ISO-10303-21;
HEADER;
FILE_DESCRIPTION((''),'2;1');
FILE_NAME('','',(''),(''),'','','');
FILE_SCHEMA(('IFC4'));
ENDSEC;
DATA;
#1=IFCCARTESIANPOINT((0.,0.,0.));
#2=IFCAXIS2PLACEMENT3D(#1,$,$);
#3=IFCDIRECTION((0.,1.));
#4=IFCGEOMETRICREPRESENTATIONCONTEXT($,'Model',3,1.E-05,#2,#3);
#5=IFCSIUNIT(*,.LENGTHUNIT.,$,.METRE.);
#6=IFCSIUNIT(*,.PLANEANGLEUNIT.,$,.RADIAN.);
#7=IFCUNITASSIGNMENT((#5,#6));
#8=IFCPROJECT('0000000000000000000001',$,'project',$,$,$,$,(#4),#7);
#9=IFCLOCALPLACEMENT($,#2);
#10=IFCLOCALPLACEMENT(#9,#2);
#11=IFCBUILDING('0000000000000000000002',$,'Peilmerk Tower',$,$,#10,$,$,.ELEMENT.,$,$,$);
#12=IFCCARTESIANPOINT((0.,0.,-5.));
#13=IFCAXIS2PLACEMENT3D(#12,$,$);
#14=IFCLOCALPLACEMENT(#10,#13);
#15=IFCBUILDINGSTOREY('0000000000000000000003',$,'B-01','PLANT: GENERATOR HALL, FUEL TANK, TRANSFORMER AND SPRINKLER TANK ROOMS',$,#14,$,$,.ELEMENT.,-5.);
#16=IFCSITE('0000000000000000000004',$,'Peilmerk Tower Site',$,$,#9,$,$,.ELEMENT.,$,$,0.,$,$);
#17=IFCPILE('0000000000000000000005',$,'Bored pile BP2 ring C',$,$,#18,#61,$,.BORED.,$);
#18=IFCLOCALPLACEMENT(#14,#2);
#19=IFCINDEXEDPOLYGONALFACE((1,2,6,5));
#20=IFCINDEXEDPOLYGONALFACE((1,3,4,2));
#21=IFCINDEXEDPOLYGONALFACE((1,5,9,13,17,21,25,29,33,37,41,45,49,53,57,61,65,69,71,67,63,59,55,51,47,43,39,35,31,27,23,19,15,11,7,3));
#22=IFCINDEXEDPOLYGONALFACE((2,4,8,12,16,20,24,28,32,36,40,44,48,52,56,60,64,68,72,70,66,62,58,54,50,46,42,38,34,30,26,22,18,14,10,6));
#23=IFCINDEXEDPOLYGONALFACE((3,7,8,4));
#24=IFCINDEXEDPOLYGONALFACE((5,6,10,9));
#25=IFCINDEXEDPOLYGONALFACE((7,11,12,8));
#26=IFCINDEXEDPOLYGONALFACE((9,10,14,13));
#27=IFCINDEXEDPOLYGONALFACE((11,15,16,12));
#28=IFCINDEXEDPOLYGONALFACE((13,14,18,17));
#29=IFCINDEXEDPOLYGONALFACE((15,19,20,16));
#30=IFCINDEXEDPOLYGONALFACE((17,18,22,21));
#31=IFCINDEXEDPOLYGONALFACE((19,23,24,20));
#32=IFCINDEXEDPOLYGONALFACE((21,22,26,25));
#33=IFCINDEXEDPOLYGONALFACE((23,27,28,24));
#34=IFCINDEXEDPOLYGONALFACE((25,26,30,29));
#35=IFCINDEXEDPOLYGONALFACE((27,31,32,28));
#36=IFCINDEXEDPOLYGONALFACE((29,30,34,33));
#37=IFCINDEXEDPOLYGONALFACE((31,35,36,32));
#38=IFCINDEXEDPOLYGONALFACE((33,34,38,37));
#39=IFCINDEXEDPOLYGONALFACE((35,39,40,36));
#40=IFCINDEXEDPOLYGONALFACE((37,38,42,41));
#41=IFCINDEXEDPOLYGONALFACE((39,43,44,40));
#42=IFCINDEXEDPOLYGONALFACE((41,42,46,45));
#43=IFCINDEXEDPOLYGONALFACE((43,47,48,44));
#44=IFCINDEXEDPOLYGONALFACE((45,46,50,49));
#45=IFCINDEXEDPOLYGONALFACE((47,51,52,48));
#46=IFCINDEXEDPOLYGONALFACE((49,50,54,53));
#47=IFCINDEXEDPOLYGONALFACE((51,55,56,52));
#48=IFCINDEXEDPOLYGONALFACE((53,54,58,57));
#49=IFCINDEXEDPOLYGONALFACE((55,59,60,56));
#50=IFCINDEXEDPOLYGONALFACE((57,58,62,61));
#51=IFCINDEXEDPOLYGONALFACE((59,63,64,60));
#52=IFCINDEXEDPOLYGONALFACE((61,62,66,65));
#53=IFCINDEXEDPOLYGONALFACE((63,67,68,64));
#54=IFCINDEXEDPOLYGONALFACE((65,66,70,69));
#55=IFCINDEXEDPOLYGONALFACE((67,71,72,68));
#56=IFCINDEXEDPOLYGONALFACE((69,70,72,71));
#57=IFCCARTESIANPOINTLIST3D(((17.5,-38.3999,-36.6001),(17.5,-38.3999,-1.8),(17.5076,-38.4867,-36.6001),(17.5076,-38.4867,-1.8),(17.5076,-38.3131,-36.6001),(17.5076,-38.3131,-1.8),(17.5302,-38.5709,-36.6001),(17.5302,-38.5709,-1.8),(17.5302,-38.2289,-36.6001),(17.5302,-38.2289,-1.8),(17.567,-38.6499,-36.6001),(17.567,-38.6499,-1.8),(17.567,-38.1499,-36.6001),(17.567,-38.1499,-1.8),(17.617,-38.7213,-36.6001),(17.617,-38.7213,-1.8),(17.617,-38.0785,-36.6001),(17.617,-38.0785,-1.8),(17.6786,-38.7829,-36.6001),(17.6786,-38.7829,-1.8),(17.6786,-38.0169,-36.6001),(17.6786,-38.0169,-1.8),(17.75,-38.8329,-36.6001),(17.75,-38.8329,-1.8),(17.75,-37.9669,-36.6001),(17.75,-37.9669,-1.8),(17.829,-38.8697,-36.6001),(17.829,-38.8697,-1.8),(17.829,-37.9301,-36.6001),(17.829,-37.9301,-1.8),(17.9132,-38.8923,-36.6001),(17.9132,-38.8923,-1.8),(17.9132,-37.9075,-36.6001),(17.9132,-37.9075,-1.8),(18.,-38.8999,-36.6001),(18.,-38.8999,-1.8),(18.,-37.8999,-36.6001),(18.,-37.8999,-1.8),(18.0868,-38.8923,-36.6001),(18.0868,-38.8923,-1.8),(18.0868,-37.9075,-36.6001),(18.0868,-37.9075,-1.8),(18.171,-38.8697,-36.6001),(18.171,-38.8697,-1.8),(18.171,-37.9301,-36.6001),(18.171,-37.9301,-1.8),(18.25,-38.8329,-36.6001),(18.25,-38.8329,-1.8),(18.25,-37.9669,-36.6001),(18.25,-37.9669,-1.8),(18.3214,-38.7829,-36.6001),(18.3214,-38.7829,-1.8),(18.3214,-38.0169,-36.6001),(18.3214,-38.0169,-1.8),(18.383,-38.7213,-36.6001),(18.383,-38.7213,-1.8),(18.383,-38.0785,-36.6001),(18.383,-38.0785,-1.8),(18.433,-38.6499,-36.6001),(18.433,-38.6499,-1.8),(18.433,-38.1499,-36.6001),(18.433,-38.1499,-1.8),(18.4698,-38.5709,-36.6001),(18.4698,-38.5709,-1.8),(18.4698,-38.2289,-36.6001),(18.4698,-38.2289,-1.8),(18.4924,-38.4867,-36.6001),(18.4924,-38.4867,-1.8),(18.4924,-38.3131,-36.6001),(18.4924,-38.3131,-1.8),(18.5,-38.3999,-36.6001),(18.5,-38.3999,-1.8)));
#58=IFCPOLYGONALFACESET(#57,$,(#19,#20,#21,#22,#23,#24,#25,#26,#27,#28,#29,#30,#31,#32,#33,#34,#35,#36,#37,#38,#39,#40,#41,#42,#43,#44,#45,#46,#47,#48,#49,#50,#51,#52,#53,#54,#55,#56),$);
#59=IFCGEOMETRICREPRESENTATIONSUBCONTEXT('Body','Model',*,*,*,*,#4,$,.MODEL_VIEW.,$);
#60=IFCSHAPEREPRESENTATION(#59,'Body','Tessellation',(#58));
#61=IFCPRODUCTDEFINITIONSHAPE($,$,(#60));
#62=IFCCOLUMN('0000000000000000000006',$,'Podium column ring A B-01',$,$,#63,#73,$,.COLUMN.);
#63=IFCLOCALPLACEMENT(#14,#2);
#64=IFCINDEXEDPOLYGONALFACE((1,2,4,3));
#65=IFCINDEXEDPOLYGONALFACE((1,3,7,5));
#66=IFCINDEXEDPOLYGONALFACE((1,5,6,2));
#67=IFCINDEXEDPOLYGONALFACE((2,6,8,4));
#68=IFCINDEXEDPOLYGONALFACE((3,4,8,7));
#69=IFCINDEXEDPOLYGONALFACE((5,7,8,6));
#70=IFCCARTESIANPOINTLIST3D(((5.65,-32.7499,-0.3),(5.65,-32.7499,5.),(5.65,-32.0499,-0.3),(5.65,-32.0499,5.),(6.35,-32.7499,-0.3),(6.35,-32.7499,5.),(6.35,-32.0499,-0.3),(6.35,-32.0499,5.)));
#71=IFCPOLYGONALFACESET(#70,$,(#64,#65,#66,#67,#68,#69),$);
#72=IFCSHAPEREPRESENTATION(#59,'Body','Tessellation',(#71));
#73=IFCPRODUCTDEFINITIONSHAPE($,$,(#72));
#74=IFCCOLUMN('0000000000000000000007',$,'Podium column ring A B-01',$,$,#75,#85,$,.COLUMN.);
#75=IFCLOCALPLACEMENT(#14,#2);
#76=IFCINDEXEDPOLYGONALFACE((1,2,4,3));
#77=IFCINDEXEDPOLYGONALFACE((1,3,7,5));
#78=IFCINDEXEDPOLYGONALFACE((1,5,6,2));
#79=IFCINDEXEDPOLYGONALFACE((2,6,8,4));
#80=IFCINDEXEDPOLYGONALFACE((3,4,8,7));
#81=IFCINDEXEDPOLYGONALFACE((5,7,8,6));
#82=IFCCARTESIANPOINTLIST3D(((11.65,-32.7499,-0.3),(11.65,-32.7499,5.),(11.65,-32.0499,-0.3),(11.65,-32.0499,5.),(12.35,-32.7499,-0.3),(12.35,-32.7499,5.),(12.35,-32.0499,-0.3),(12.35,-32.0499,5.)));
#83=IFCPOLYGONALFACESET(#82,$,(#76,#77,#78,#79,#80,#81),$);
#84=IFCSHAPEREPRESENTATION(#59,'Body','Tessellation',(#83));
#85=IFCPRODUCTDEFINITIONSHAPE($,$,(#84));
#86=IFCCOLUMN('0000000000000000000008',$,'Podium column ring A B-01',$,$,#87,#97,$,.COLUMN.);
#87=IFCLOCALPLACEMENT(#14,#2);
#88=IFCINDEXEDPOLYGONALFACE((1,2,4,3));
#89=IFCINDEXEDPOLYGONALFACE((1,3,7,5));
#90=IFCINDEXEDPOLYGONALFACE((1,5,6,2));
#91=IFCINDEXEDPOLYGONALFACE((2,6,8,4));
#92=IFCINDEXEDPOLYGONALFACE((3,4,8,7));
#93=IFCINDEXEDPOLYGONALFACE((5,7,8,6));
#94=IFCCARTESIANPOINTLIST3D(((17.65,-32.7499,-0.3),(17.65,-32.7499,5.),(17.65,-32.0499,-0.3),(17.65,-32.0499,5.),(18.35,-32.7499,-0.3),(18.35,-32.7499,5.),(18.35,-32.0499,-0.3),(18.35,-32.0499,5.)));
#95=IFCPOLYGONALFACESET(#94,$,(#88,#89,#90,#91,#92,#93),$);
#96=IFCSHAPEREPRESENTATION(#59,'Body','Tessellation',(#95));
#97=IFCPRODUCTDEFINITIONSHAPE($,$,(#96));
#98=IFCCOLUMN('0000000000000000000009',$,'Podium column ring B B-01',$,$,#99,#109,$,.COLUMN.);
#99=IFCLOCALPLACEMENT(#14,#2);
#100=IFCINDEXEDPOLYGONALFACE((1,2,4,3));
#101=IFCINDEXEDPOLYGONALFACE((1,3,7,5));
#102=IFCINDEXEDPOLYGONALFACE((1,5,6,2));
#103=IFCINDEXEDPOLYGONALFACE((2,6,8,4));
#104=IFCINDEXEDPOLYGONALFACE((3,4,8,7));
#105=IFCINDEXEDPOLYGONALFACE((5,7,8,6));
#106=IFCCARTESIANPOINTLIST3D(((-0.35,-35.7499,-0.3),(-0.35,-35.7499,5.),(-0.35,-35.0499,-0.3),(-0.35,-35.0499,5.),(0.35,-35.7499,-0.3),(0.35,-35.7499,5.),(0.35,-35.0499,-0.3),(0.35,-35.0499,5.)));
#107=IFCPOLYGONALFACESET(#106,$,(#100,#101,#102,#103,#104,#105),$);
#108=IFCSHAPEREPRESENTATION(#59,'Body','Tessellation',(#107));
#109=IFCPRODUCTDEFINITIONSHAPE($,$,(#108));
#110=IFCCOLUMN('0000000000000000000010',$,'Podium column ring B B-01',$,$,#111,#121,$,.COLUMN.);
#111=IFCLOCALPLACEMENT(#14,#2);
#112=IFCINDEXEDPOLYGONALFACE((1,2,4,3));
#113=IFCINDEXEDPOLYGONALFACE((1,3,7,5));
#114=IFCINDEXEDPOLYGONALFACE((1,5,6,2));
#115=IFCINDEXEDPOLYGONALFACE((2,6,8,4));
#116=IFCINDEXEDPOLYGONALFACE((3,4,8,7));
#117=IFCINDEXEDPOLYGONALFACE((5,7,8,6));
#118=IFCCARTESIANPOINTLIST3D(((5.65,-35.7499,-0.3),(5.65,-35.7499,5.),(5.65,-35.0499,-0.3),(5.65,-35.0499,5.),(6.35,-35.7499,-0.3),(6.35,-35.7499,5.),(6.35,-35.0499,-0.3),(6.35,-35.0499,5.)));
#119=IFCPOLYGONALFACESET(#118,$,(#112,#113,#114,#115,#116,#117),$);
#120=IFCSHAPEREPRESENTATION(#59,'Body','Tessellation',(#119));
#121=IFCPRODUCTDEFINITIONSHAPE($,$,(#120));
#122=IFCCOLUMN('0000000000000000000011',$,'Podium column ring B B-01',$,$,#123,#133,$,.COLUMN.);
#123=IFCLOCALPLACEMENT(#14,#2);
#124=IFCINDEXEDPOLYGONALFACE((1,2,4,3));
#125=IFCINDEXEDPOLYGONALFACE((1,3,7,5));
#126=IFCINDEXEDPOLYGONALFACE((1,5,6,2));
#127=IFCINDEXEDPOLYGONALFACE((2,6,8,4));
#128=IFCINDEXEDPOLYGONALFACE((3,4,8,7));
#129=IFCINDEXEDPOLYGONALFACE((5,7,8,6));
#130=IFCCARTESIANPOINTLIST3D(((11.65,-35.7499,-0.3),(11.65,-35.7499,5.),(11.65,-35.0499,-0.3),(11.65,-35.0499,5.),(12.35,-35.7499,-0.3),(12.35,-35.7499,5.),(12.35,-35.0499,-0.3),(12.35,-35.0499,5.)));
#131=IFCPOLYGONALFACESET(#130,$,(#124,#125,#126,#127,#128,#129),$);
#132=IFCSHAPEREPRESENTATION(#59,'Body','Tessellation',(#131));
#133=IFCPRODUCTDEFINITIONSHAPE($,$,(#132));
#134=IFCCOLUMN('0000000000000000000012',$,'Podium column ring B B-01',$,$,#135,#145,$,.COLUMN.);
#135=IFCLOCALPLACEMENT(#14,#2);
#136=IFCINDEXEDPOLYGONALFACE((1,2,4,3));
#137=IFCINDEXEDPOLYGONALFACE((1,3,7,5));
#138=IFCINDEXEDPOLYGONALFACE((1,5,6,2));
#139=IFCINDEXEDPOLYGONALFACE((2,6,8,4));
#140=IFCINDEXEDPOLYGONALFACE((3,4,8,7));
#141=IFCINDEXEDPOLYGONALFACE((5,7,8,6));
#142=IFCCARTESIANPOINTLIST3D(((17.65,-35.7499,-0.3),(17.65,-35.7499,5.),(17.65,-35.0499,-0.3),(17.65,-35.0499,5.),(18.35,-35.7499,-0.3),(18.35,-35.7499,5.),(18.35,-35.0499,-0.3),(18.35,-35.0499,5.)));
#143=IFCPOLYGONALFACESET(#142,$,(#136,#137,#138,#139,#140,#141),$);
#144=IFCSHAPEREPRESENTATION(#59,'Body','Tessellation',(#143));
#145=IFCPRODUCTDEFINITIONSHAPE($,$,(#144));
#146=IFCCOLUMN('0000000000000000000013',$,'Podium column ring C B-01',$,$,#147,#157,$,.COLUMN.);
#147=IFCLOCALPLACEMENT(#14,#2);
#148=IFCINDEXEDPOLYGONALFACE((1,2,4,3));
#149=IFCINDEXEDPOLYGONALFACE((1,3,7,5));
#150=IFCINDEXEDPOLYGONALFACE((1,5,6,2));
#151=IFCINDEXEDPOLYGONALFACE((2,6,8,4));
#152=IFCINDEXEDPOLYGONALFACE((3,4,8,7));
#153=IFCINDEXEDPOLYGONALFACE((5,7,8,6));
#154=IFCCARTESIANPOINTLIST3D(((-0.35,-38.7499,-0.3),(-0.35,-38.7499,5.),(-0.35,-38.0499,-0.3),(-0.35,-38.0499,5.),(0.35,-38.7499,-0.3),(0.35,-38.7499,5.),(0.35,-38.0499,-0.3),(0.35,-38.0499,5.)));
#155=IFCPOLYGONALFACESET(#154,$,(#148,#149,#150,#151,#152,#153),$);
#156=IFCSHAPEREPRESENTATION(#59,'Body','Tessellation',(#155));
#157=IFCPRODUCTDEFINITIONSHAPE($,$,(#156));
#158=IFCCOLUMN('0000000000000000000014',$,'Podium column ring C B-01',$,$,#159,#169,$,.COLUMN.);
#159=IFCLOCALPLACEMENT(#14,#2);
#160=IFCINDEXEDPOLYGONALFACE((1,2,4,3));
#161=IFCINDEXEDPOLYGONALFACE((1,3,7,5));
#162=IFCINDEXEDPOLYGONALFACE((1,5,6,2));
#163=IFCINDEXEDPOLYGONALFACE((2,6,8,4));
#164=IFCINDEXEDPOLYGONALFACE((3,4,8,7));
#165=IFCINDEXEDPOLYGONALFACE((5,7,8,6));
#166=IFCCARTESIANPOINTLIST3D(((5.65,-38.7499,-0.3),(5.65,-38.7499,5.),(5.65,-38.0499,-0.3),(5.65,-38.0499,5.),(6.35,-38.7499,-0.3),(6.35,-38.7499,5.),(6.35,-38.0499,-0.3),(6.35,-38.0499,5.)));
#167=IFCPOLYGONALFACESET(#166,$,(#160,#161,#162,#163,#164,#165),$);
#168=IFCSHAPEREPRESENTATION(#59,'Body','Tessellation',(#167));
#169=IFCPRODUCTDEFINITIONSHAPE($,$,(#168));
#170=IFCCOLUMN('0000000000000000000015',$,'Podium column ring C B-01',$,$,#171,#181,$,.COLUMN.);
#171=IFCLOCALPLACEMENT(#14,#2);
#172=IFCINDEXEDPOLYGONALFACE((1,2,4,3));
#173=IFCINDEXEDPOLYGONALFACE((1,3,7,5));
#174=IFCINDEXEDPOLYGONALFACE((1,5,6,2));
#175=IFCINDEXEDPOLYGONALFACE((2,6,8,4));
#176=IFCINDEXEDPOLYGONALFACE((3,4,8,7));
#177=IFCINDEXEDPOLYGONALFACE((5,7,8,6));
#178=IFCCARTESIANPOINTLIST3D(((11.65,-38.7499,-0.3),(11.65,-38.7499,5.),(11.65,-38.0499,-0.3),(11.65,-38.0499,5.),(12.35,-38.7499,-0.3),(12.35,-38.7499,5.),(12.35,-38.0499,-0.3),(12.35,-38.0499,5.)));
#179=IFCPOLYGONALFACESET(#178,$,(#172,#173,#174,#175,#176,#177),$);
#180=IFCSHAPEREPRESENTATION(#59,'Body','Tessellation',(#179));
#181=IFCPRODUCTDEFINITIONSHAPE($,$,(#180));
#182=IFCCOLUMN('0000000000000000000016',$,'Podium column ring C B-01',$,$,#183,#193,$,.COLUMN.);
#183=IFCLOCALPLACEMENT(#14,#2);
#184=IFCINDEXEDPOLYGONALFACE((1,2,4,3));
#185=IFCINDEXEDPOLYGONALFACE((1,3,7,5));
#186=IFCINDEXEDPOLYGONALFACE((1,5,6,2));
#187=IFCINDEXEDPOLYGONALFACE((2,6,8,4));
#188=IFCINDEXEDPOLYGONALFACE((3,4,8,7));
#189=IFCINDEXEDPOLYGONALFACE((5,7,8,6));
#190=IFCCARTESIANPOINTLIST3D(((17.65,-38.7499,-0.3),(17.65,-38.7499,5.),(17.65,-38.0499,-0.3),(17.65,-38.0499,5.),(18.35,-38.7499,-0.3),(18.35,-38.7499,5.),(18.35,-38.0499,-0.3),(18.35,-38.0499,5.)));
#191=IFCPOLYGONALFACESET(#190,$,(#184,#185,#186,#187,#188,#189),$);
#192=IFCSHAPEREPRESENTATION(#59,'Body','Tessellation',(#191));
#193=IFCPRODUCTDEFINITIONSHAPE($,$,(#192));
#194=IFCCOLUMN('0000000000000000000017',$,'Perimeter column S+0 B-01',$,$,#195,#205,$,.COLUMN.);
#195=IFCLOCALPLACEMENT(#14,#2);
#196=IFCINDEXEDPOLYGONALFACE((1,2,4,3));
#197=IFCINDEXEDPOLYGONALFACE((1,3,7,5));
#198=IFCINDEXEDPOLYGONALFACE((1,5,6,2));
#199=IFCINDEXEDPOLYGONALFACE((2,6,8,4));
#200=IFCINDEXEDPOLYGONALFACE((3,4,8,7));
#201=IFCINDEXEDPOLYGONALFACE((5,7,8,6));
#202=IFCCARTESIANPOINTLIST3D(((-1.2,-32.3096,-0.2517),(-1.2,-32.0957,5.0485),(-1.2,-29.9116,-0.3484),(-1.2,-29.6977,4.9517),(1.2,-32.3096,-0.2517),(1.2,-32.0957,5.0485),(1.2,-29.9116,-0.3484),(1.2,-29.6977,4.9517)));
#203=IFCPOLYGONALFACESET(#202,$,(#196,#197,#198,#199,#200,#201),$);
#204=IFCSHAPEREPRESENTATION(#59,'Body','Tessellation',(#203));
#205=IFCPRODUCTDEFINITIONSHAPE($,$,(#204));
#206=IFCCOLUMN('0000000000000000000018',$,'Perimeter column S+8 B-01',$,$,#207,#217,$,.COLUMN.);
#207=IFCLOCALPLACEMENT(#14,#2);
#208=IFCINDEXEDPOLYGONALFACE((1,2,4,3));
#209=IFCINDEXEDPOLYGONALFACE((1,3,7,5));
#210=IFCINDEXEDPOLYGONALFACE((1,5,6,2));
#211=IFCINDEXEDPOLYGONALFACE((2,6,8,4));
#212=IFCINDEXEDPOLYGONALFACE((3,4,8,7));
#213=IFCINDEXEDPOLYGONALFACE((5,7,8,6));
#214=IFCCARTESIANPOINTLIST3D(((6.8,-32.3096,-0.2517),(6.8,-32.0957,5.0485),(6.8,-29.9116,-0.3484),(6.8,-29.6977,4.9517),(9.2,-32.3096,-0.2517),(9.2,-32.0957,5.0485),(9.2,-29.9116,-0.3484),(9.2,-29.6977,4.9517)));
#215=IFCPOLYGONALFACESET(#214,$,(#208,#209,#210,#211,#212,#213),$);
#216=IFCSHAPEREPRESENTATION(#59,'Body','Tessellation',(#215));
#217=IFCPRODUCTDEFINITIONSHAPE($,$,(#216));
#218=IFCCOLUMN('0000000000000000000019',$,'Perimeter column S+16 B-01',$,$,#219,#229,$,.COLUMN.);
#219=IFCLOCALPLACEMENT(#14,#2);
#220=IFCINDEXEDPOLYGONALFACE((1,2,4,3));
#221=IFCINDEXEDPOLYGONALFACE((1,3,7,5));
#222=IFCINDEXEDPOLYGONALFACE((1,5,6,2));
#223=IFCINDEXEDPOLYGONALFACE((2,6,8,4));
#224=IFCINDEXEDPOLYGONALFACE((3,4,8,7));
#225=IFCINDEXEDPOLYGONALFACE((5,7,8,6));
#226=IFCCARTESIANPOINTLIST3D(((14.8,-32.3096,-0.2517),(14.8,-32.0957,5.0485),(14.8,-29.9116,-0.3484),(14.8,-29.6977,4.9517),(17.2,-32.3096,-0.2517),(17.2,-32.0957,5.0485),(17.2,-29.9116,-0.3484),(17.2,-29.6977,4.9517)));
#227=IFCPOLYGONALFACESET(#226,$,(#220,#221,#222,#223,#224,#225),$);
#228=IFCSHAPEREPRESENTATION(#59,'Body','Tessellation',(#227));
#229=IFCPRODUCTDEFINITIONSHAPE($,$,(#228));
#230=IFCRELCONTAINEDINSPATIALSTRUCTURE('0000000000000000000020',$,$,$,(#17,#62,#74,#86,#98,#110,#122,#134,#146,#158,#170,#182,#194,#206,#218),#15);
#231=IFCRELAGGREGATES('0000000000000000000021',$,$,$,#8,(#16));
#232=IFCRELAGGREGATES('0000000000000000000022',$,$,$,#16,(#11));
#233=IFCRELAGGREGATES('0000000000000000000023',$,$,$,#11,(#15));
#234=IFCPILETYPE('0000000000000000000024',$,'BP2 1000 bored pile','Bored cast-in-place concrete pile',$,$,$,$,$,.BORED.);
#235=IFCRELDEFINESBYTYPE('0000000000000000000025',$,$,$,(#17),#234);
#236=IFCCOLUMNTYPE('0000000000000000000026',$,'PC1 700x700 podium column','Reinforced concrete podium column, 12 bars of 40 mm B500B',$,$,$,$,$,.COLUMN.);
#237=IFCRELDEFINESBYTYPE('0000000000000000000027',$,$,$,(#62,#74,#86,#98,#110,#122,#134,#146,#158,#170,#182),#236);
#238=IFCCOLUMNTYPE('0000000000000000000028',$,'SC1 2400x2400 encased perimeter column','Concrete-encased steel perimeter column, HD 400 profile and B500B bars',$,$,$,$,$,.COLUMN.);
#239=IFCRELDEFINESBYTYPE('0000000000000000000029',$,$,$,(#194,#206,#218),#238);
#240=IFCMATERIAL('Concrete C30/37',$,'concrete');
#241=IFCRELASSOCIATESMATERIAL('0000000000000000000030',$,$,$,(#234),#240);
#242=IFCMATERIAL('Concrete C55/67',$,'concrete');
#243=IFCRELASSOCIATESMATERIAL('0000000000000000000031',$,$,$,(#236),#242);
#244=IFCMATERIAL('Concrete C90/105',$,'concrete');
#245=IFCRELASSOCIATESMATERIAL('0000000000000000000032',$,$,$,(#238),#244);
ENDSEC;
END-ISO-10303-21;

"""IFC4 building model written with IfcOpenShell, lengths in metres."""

from ifc_helpers import new_model, si_unit, direction, frame, origin, origin_2d, place, context, subcontext, project, spatial, rectangle, circle, extrude, material, material_profile, profile_set, type_object, element, save


model = new_model("IFC4")

# Units and contexts
model_context = context("Model", 3, precision=1e-05, world=origin(), true_north=direction((0.0, 1.0)))
body_context = subcontext(model_context, "Body", "Model", "MODEL_VIEW")
ifc_project = project(units=[si_unit("LENGTHUNIT", "METRE"), si_unit("PLANEANGLEUNIT", "RADIAN")], contexts=[model_context])

# Site, building, storey
site_placement = place(None, origin())
site = spatial("IfcSite", under=ifc_project, at=site_placement, Name="Peilmerk Tower Site", CompositionType="ELEMENT", RefElevation=0.0)
building_placement = place(site_placement, origin())
building = spatial("IfcBuilding", under=site, at=building_placement, Name="Peilmerk Tower", CompositionType="ELEMENT")
storey_placement = place(building_placement, frame((0.0, 0.0, -5.0)))
storey = spatial("IfcBuildingStorey", under=building, at=storey_placement, Name="B-01", Description="PLANT: GENERATOR HALL, FUEL TANK, TRANSFORMER AND SPRINKLER TANK ROOMS", CompositionType="ELEMENT", Elevation=-5.0)

# Pile
ifc_material_1 = material(Name="Concrete C30/37", Category="concrete")
ifc_material_profile_1 = material_profile(ifc_material_1, circle(Radius=0.5, at=origin_2d()), Name="BP 1000")
ifc_profile_set_1 = profile_set([ifc_material_profile_1], Name="Concrete C30/37")
pile_type = type_object("IfcPileType", Name="BP2 1000 bored pile", Description="Bored cast-in-place concrete pile", PredefinedType="BORED", material=ifc_profile_set_1)
for number, where, z_axis, x_axis, name in (
    (1, (18.0, -38.3999, -1.8), (0.0, 0.0, -1.0), (1.0, 0.0, 0.0), "Bored pile BP2 ring C"),
):
    element("IfcPile", number, at=place(storey_placement, frame(where, z_axis=z_axis, x_axis=x_axis)), inside=storey, type_object=pile_type, Name=name, PredefinedType="BORED", context=body_context, shape_type="SweptSolid", body=[
        extrude(circle(Radius=0.5, at=origin_2d()), origin(), (0.0, 0.0, 1.0), 34.8),
    ])

# Columns
ifc_material_2 = material(Name="Concrete C55/67", Category="concrete")
ifc_material_profile_2 = material_profile(ifc_material_2, rectangle(XDim=0.7, YDim=0.7, at=origin_2d()), Name="RC 700x700")
ifc_profile_set_2 = profile_set([ifc_material_profile_2], Name="Concrete C55/67")
column_type_1 = type_object("IfcColumnType", Name="PC1 700x700 podium column", Description="Reinforced concrete podium column, 12 bars of 40 mm B500B", PredefinedType="COLUMN", material=ifc_profile_set_2)
for number, where, z_axis, x_axis, name in (
    (2, (6.0, -32.3999, -0.3), (0.0, 0.0, 1.0), (1.0, 0.0, 0.0), "Podium column ring A B-01"),
    (3, (12.0, -32.3999, -0.3), (0.0, 0.0, 1.0), (1.0, 0.0, 0.0), "Podium column ring A B-01"),
    (4, (18.0, -32.3999, -0.3), (0.0, 0.0, 1.0), (1.0, 0.0, 0.0), "Podium column ring A B-01"),
    (5, (0.0, -35.3999, -0.3), (0.0, 0.0, 1.0), (1.0, 0.0, 0.0), "Podium column ring B B-01"),
    (6, (6.0, -35.3999, -0.3), (0.0, 0.0, 1.0), (1.0, 0.0, 0.0), "Podium column ring B B-01"),
    (7, (12.0, -35.3999, -0.3), (0.0, 0.0, 1.0), (1.0, 0.0, 0.0), "Podium column ring B B-01"),
    (8, (18.0, -35.3999, -0.3), (0.0, 0.0, 1.0), (1.0, 0.0, 0.0), "Podium column ring B B-01"),
    (9, (0.0, -38.3999, -0.3), (0.0, 0.0, 1.0), (1.0, 0.0, 0.0), "Podium column ring C B-01"),
    (10, (6.0, -38.3999, -0.3), (0.0, 0.0, 1.0), (1.0, 0.0, 0.0), "Podium column ring C B-01"),
    (11, (12.0, -38.3999, -0.3), (0.0, 0.0, 1.0), (1.0, 0.0, 0.0), "Podium column ring C B-01"),
    (12, (18.0, -38.3999, -0.3), (0.0, 0.0, 1.0), (1.0, 0.0, 0.0), "Podium column ring C B-01"),
):
    element("IfcColumn", number, at=place(storey_placement, frame(where, z_axis=z_axis, x_axis=x_axis)), inside=storey, type_object=column_type_1, Name=name, PredefinedType="COLUMN", context=body_context, shape_type="SweptSolid", body=[
        extrude(rectangle(XDim=0.7, YDim=0.7, at=origin_2d()), origin(), (0.0, 0.0, 1.0), 5.3),
    ])
ifc_material_3 = material(Name="Concrete C90/105", Category="concrete")
ifc_material_profile_3 = material_profile(ifc_material_3, rectangle(XDim=2.3999, YDim=2.3999, at=origin_2d()), Name="RC 2400x2400")
ifc_profile_set_3 = profile_set([ifc_material_profile_3], Name="Concrete C90/105")
column_type_2 = type_object("IfcColumnType", Name="SC1 2400x2400 encased perimeter column", Description="Concrete-encased steel perimeter column, HD 400 profile and B500B bars", PredefinedType="COLUMN", material=ifc_profile_set_3)
for number, where, z_axis, x_axis, name in (
    (13, (0.0, -31.1106, -0.3), (0.0, 0.040319, 0.999187), (-1.0, 0.0, 0.0), "Perimeter column S+0 B-01"),
    (14, (8.0, -31.1106, -0.3), (0.0, 0.040319, 0.999187), (-1.0, 0.0, 0.0), "Perimeter column S+8 B-01"),
    (15, (16.0, -31.1106, -0.3), (0.0, 0.040319, 0.999187), (-1.0, 0.0, 0.0), "Perimeter column S+16 B-01"),
):
    element("IfcColumn", number, at=place(storey_placement, frame(where, z_axis=z_axis, x_axis=x_axis)), inside=storey, type_object=column_type_2, Name=name, PredefinedType="COLUMN", context=body_context, shape_type="SweptSolid", body=[
        extrude(rectangle(XDim=2.3999, YDim=2.3999, at=origin_2d()), origin(), (0.0, 0.0, 1.0), 5.3044),
    ])

save(model, "model.ifc")
